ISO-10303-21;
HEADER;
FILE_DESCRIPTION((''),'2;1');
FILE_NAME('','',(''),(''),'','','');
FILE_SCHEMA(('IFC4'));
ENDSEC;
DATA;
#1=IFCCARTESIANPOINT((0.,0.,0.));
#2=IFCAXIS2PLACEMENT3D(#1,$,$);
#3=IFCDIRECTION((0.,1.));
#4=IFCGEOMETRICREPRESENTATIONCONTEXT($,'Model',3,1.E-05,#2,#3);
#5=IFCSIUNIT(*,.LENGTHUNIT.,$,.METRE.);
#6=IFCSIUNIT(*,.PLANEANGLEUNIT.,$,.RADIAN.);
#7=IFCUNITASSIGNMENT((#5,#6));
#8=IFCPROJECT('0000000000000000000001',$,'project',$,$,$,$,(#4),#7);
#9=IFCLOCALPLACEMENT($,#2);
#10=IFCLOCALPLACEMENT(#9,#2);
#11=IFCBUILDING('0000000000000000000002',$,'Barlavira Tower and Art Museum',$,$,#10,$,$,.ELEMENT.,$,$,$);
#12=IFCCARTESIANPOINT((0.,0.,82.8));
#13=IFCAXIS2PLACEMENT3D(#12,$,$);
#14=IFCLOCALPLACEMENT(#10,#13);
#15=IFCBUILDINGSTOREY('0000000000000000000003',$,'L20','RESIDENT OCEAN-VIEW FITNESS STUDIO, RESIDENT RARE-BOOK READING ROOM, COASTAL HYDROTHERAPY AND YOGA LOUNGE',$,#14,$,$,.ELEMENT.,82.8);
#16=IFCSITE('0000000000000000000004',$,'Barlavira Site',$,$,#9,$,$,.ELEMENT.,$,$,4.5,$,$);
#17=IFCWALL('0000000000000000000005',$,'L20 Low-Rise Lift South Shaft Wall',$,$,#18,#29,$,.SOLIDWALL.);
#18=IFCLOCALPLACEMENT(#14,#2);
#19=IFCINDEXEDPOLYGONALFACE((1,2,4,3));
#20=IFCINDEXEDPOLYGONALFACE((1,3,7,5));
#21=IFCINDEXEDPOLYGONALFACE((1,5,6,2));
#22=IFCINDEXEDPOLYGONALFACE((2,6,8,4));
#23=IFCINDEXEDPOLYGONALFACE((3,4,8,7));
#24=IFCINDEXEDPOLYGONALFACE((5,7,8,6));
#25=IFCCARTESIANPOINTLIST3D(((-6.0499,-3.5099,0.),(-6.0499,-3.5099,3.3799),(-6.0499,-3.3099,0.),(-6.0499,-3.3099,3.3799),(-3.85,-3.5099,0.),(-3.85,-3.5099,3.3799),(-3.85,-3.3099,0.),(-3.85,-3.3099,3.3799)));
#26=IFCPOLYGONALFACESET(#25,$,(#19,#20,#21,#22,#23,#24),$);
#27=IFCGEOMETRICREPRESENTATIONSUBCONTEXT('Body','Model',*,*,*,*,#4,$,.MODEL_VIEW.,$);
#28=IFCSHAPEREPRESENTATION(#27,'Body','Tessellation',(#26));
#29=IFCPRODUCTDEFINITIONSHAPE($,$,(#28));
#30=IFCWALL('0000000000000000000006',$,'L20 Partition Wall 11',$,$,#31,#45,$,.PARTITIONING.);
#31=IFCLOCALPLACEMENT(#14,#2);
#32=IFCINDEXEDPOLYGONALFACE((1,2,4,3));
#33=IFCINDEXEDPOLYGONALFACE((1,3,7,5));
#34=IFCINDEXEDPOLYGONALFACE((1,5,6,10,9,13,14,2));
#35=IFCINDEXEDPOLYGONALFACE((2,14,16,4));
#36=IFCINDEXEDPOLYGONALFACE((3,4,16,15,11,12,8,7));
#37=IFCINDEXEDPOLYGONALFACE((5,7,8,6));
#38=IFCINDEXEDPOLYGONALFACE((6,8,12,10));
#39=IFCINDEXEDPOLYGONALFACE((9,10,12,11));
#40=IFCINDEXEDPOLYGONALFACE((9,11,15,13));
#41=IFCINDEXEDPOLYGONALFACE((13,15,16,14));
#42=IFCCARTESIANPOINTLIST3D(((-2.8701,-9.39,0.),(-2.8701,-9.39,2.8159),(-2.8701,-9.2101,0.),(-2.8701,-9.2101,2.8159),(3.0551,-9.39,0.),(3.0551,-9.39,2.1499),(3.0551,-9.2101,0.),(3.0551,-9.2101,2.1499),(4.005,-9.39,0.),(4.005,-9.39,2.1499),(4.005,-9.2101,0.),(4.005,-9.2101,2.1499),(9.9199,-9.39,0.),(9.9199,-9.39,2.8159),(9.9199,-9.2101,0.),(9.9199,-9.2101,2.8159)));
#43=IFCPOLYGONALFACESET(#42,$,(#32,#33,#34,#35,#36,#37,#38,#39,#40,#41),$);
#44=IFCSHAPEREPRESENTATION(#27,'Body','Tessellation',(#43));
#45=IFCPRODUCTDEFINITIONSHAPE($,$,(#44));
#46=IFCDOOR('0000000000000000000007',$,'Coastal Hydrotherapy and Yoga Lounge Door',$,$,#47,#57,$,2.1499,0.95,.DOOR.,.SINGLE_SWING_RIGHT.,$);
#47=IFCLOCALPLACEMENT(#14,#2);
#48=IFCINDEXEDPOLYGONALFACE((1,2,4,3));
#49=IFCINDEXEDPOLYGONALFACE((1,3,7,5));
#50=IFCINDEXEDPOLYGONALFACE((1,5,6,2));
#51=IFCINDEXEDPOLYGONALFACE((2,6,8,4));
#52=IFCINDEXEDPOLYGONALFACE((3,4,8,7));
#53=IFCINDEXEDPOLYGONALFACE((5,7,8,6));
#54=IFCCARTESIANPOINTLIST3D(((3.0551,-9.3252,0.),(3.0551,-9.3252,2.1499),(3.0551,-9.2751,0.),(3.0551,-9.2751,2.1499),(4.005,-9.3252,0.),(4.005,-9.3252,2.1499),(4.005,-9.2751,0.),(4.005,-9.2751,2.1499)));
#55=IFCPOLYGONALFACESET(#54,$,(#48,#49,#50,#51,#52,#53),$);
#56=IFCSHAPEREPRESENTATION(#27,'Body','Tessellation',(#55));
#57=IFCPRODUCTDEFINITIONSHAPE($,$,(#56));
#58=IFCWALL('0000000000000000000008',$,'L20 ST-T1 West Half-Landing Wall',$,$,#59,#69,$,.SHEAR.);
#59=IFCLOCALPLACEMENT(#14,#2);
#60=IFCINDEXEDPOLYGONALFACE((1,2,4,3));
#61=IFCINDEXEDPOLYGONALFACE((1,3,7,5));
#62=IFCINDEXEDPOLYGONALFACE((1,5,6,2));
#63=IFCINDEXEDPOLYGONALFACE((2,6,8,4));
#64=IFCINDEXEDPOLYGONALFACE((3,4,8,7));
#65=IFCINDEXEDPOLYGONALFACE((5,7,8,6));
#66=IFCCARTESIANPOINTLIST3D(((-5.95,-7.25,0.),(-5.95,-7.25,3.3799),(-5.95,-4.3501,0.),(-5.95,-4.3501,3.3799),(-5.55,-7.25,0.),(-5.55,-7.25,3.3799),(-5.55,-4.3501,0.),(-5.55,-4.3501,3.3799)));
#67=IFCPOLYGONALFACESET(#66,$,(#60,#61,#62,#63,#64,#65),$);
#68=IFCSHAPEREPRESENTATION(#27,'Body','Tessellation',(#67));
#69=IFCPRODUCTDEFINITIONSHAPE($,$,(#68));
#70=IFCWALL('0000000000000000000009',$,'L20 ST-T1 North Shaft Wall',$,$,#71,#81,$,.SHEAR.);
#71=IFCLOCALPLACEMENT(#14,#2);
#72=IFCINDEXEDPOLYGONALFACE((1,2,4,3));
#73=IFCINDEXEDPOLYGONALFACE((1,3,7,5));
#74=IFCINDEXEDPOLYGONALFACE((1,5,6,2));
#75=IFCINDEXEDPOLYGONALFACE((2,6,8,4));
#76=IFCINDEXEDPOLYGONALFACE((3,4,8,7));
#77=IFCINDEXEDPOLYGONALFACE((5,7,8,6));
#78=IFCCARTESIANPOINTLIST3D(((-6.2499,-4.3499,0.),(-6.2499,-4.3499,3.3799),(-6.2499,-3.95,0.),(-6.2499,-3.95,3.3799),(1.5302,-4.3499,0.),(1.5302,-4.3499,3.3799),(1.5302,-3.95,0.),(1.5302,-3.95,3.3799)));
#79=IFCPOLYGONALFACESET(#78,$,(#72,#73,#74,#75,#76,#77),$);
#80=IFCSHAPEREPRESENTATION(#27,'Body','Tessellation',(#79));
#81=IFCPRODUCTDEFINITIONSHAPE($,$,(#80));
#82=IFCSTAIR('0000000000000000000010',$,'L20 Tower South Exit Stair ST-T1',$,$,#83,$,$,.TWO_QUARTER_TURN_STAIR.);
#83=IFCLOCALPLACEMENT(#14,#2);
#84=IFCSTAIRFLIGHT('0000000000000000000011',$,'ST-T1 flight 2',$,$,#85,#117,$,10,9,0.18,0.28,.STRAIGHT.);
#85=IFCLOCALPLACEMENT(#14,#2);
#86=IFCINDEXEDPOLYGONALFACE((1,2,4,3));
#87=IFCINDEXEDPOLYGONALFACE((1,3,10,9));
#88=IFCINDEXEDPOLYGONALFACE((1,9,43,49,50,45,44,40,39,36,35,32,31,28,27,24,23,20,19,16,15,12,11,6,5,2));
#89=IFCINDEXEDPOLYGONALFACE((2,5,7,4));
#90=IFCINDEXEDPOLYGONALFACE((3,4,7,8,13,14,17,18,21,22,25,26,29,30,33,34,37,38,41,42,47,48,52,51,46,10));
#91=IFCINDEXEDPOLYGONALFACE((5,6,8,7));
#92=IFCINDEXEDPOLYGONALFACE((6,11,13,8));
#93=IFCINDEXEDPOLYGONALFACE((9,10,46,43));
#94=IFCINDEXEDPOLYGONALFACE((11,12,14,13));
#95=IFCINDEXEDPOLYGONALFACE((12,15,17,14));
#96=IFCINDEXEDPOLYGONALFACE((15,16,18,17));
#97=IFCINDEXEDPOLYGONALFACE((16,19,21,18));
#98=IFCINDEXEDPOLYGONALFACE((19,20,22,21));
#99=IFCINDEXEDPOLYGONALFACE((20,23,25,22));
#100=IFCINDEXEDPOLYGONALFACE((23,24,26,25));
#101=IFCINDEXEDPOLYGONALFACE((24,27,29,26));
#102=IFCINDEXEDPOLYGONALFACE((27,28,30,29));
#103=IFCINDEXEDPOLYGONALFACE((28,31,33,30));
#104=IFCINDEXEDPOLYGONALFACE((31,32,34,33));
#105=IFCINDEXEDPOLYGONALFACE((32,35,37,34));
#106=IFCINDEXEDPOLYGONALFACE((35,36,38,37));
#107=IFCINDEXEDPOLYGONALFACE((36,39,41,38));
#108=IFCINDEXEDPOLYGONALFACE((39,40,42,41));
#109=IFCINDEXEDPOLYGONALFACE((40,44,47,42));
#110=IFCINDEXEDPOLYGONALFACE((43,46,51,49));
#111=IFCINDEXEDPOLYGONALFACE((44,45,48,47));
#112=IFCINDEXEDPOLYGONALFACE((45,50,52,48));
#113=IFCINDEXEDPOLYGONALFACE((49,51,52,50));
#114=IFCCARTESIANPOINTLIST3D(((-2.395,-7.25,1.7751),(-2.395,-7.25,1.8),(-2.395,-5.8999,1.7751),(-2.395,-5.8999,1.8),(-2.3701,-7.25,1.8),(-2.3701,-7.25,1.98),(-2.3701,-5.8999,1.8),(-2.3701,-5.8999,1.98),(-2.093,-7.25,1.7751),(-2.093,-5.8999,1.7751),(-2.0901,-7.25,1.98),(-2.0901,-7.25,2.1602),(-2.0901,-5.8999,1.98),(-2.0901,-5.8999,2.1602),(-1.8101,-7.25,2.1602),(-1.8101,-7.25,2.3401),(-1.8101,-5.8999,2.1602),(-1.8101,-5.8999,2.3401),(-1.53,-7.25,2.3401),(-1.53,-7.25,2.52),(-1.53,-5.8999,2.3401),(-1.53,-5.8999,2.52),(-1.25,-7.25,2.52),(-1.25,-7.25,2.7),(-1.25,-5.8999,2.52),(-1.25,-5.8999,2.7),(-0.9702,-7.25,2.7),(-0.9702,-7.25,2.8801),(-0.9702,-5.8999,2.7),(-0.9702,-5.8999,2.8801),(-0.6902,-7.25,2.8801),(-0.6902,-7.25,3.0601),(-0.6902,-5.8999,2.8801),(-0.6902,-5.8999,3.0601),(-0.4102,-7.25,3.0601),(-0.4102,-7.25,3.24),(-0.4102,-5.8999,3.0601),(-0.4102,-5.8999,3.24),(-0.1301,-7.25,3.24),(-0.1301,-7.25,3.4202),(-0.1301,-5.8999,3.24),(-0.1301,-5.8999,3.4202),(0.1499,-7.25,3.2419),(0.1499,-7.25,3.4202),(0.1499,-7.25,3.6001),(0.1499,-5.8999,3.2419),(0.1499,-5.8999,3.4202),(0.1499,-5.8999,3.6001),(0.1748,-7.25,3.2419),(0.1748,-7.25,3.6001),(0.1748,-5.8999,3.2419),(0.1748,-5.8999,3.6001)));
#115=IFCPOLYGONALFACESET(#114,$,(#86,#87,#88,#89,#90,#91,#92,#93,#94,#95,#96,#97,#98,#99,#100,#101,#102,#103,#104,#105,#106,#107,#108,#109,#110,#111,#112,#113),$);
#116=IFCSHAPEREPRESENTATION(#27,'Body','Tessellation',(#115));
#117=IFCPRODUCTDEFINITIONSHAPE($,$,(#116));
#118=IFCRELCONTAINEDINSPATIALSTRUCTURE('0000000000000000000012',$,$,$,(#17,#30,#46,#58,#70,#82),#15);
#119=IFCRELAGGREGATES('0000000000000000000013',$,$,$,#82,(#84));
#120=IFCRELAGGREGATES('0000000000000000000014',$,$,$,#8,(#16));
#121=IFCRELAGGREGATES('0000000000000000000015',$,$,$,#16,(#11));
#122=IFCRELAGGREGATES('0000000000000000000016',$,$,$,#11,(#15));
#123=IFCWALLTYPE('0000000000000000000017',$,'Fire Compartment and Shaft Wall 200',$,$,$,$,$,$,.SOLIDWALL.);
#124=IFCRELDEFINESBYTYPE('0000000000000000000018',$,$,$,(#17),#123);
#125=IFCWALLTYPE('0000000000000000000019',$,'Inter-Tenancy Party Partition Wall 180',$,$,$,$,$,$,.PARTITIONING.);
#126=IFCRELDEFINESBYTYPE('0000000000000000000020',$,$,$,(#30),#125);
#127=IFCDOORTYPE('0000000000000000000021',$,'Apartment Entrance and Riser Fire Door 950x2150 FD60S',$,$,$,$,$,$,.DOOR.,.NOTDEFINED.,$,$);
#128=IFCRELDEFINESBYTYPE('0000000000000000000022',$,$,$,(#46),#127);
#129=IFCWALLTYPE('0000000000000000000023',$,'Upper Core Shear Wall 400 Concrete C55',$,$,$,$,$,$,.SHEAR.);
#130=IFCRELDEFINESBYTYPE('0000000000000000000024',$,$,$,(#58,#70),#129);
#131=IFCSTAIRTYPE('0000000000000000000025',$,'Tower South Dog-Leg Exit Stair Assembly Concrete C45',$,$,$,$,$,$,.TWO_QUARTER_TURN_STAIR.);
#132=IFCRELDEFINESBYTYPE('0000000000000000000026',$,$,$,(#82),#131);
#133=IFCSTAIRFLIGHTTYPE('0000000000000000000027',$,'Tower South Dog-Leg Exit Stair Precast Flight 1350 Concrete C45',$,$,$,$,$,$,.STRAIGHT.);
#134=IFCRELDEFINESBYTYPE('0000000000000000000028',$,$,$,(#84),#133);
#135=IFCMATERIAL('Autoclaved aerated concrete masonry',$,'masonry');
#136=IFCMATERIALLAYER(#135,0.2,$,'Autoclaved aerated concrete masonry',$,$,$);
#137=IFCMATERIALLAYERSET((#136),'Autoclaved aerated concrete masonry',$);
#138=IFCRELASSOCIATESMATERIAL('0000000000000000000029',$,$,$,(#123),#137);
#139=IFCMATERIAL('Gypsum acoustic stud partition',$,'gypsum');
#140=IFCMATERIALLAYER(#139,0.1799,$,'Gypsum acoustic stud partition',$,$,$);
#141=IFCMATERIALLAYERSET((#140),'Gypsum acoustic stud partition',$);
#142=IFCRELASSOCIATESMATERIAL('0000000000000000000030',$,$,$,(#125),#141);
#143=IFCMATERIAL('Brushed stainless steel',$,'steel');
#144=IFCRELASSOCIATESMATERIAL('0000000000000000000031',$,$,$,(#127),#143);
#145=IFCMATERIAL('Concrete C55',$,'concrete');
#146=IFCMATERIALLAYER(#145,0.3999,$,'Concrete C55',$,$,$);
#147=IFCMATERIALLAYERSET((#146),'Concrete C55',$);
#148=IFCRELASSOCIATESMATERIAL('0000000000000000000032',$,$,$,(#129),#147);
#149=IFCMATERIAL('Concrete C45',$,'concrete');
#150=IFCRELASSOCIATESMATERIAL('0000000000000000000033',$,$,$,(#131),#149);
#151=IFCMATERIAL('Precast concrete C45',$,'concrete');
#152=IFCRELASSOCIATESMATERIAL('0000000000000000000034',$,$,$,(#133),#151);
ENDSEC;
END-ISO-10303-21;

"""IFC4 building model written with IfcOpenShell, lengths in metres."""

from ifc_helpers import new_model, si_unit, direction, frame, frame_2d, origin, place, context, subcontext, project, spatial, polyline, rectangle, outline, extrude, material, layer, layer_set, type_object, element, fill, aggregate, save


model = new_model("IFC4")

# Units and contexts
model_context = context("Model", 3, precision=1e-05, world=origin(), true_north=direction((0.0, 1.0)))
body_context = subcontext(model_context, "Body", "Model", "MODEL_VIEW")
ifc_project = project(units=[si_unit("LENGTHUNIT", "METRE"), si_unit("PLANEANGLEUNIT", "RADIAN")], contexts=[model_context])

# Site, building, storey
site_placement = place(None, origin())
site = spatial("IfcSite", under=ifc_project, at=site_placement, Name="Barlavira Site", CompositionType="ELEMENT", RefElevation=4.5)
building_placement = place(site_placement, origin())
building = spatial("IfcBuilding", under=site, at=building_placement, Name="Barlavira Tower and Art Museum", CompositionType="ELEMENT")
storey_placement = place(building_placement, frame((0.0, 0.0, 82.8)))
storey = spatial("IfcBuildingStorey", under=building, at=storey_placement, Name="L20", Description="RESIDENT OCEAN-VIEW FITNESS STUDIO, RESIDENT RARE-BOOK READING ROOM, COASTAL HYDROTHERAPY AND YOGA LOUNGE", CompositionType="ELEMENT", Elevation=82.8)

# Shared definitions
ifc_material_1 = material(Name="Autoclaved aerated concrete masonry", Category="masonry")
ifc_layer_1 = layer(ifc_material_1, 0.2, Name="Autoclaved aerated concrete masonry")
ifc_layer_set_1 = layer_set([ifc_layer_1], Name="Autoclaved aerated concrete masonry")
wall_type_1 = type_object("IfcWallType", Name="Fire Compartment and Shaft Wall 200", PredefinedType="SOLIDWALL", material=ifc_layer_set_1)
ifc_material_2 = material(Name="Brushed stainless steel", Category="steel")

# Wall
wall_1_placement = place(storey_placement, frame((-6.05, -3.4099, 0.0), z_axis=(0.0, 0.0, 1.0), x_axis=(1.0, 0.0, 0.0)))
element("IfcWall", 1, at=wall_1_placement, inside=storey, type_object=wall_type_1, Name="L20 Low-Rise Lift South Shaft Wall", PredefinedType="SOLIDWALL", context=body_context, shape_type="SweptSolid", body=[
    extrude(rectangle(XDim=2.2, YDim=0.2, at=frame_2d((1.1001, 0.0))), origin(), (0.0, 0.0, 1.0), 3.3799),
])

# Shared definitions
ifc_material_3 = material(Name="Gypsum acoustic stud partition", Category="gypsum")
ifc_layer_2 = layer(ifc_material_3, 0.1799, Name="Gypsum acoustic stud partition")
ifc_layer_set_2 = layer_set([ifc_layer_2], Name="Gypsum acoustic stud partition")
wall_type_2 = type_object("IfcWallType", Name="Inter-Tenancy Party Partition Wall 180", PredefinedType="PARTITIONING", material=ifc_layer_set_2)
door_type_1 = type_object("IfcDoorType", Name="Apartment Entrance and Riser Fire Door 950x2150 FD60S", OperationType="NOTDEFINED", PredefinedType="DOOR", material=ifc_material_2)

# Wall, opening, door
wall_2_placement = place(storey_placement, frame((-2.8701, -9.3, 0.0), z_axis=(0.0, 0.0, 1.0), x_axis=(1.0, 0.0, 0.0)))
wall_2 = element("IfcWall", 2, at=wall_2_placement, inside=storey, type_object=wall_type_2, Name="L20 Partition Wall 11", PredefinedType="PARTITIONING", context=body_context, shape_type="SweptSolid", body=[
    extrude(rectangle(XDim=12.79, YDim=0.1799, at=frame_2d((6.395, 0.0))), origin(), (0.0, 0.0, 1.0), 2.8159),
])
opening_1_placement = place(wall_2_placement, frame((5.925, 0.0, 0.0)))
opening_1 = element("IfcOpeningElement", 3, at=opening_1_placement, cuts=wall_2, PredefinedType="OPENING", context=body_context, shape_type="SweptSolid", body=[
    extrude(rectangle(XDim=0.95, YDim=2.1499, at=frame_2d((0.4751, 1.075))), frame((0.0, 0.1001, 0.0), z_axis=(0.0, -1.0, 0.0), x_axis=(1.0, 0.0, 0.0)), (0.0, 0.0, 1.0), 0.2),
])
door_1_placement = place(opening_1_placement, origin())
door_1 = element("IfcDoor", 4, at=door_1_placement, inside=storey, type_object=door_type_1, Name="Coastal Hydrotherapy and Yoga Lounge Door", OperationType="SINGLE_SWING_RIGHT", OverallHeight=2.1499, OverallWidth=0.95, PredefinedType="DOOR", context=body_context, shape_type="SweptSolid", body=[
    extrude(rectangle(XDim=0.95, YDim=2.1499, at=frame_2d((0.4751, 1.075))), frame((0.0, 0.0249, 0.0), z_axis=(0.0, -1.0, 0.0), x_axis=(1.0, 0.0, 0.0)), (0.0, 0.0, 1.0), 0.05),
])
fill(opening_1, door_1)

# Walls
ifc_material_4 = material(Name="Concrete C55", Category="concrete")
ifc_layer_3 = layer(ifc_material_4, 0.3999, Name="Concrete C55")
ifc_layer_set_3 = layer_set([ifc_layer_3], Name="Concrete C55")
wall_type_3 = type_object("IfcWallType", Name="Upper Core Shear Wall 400 Concrete C55", PredefinedType="SHEAR", material=ifc_layer_set_3)
wall_3_placement = place(storey_placement, frame((-5.75, -7.25, 0.0), z_axis=(0.0, 0.0, 1.0), x_axis=(0.0, 1.0, 0.0)))
element("IfcWall", 5, at=wall_3_placement, inside=storey, type_object=wall_type_3, Name="L20 ST-T1 West Half-Landing Wall", PredefinedType="SHEAR", context=body_context, shape_type="SweptSolid", body=[
    extrude(rectangle(XDim=2.8999, YDim=0.3999, at=frame_2d((1.45, 0.0))), origin(), (0.0, 0.0, 1.0), 3.3799),
])
wall_4_placement = place(storey_placement, frame((-6.25, -4.1499, 0.0), z_axis=(0.0, 0.0, 1.0), x_axis=(1.0, 0.0, 0.0)))
element("IfcWall", 6, at=wall_4_placement, inside=storey, type_object=wall_type_3, Name="L20 ST-T1 North Shaft Wall", PredefinedType="SHEAR", context=body_context, shape_type="SweptSolid", body=[
    extrude(rectangle(XDim=7.78, YDim=0.3999, at=frame_2d((3.8901, 0.0))), origin(), (0.0, 0.0, 1.0), 3.3799),
])

# Stair, stair flight
ifc_material_5 = material(Name="Concrete C45", Category="concrete")
stair_type = type_object("IfcStairType", Name="Tower South Dog-Leg Exit Stair Assembly Concrete C45", PredefinedType="TWO_QUARTER_TURN_STAIR", material=ifc_material_5)
stair_placement = place(storey_placement, origin())
stair = element("IfcStair", 7, at=stair_placement, inside=storey, type_object=stair_type, Name="L20 Tower South Exit Stair ST-T1", PredefinedType="TWO_QUARTER_TURN_STAIR")
ifc_material_6 = material(Name="Precast concrete C45", Category="concrete")
stair_flight_type = type_object("IfcStairFlightType", Name="Tower South Dog-Leg Exit Stair Precast Flight 1350 Concrete C45", PredefinedType="STRAIGHT", material=ifc_material_6)
stair_flight_placement = place(storey_placement, frame((-2.3701, -6.575, 1.8), z_axis=(0.0, 0.0, 1.0), x_axis=(1.0, 0.0, 0.0)))
stair_flight = element("IfcStairFlight", 8, at=stair_flight_placement, type_object=stair_flight_type, Name="ST-T1 flight 2", NumberOfRisers=10, NumberOfTreads=9, PredefinedType="STRAIGHT", RiserHeight=0.18, TreadLength=0.28, context=body_context, shape_type="SweptSolid", body=[
    extrude(outline(polyline([(-0.0249, 0.0), (0.0, 0.0), (0.0, 0.1799), (0.28, 0.1799), (0.28, 0.3601), (0.5601, 0.3601), (0.5601, 0.54), (0.8401, 0.54), (0.8401, 0.72), (1.1201, 0.72), (1.1201, 0.8999), (1.3999, 0.8999), (1.3999, 1.0801), (1.6799, 1.0801), (1.6799, 1.26), (1.96, 1.26), (1.96, 1.4399), (2.24, 1.4399), (2.24, 1.6201), (2.52, 1.6201), (2.52, 1.8), (2.5449, 1.8), (2.5449, 1.4419), (2.52, 1.4419), (0.2771, -0.0249), (-0.0249, -0.0249), (-0.0249, 0.0)])), frame((0.0, 0.675, 0.0), z_axis=(0.0, -1.0, 0.0), x_axis=(1.0, 0.0, 0.0)), (0.0, 0.0, 1.0), 1.3501),
])
aggregate(stair, [stair_flight])

save(model, "model.ifc")
